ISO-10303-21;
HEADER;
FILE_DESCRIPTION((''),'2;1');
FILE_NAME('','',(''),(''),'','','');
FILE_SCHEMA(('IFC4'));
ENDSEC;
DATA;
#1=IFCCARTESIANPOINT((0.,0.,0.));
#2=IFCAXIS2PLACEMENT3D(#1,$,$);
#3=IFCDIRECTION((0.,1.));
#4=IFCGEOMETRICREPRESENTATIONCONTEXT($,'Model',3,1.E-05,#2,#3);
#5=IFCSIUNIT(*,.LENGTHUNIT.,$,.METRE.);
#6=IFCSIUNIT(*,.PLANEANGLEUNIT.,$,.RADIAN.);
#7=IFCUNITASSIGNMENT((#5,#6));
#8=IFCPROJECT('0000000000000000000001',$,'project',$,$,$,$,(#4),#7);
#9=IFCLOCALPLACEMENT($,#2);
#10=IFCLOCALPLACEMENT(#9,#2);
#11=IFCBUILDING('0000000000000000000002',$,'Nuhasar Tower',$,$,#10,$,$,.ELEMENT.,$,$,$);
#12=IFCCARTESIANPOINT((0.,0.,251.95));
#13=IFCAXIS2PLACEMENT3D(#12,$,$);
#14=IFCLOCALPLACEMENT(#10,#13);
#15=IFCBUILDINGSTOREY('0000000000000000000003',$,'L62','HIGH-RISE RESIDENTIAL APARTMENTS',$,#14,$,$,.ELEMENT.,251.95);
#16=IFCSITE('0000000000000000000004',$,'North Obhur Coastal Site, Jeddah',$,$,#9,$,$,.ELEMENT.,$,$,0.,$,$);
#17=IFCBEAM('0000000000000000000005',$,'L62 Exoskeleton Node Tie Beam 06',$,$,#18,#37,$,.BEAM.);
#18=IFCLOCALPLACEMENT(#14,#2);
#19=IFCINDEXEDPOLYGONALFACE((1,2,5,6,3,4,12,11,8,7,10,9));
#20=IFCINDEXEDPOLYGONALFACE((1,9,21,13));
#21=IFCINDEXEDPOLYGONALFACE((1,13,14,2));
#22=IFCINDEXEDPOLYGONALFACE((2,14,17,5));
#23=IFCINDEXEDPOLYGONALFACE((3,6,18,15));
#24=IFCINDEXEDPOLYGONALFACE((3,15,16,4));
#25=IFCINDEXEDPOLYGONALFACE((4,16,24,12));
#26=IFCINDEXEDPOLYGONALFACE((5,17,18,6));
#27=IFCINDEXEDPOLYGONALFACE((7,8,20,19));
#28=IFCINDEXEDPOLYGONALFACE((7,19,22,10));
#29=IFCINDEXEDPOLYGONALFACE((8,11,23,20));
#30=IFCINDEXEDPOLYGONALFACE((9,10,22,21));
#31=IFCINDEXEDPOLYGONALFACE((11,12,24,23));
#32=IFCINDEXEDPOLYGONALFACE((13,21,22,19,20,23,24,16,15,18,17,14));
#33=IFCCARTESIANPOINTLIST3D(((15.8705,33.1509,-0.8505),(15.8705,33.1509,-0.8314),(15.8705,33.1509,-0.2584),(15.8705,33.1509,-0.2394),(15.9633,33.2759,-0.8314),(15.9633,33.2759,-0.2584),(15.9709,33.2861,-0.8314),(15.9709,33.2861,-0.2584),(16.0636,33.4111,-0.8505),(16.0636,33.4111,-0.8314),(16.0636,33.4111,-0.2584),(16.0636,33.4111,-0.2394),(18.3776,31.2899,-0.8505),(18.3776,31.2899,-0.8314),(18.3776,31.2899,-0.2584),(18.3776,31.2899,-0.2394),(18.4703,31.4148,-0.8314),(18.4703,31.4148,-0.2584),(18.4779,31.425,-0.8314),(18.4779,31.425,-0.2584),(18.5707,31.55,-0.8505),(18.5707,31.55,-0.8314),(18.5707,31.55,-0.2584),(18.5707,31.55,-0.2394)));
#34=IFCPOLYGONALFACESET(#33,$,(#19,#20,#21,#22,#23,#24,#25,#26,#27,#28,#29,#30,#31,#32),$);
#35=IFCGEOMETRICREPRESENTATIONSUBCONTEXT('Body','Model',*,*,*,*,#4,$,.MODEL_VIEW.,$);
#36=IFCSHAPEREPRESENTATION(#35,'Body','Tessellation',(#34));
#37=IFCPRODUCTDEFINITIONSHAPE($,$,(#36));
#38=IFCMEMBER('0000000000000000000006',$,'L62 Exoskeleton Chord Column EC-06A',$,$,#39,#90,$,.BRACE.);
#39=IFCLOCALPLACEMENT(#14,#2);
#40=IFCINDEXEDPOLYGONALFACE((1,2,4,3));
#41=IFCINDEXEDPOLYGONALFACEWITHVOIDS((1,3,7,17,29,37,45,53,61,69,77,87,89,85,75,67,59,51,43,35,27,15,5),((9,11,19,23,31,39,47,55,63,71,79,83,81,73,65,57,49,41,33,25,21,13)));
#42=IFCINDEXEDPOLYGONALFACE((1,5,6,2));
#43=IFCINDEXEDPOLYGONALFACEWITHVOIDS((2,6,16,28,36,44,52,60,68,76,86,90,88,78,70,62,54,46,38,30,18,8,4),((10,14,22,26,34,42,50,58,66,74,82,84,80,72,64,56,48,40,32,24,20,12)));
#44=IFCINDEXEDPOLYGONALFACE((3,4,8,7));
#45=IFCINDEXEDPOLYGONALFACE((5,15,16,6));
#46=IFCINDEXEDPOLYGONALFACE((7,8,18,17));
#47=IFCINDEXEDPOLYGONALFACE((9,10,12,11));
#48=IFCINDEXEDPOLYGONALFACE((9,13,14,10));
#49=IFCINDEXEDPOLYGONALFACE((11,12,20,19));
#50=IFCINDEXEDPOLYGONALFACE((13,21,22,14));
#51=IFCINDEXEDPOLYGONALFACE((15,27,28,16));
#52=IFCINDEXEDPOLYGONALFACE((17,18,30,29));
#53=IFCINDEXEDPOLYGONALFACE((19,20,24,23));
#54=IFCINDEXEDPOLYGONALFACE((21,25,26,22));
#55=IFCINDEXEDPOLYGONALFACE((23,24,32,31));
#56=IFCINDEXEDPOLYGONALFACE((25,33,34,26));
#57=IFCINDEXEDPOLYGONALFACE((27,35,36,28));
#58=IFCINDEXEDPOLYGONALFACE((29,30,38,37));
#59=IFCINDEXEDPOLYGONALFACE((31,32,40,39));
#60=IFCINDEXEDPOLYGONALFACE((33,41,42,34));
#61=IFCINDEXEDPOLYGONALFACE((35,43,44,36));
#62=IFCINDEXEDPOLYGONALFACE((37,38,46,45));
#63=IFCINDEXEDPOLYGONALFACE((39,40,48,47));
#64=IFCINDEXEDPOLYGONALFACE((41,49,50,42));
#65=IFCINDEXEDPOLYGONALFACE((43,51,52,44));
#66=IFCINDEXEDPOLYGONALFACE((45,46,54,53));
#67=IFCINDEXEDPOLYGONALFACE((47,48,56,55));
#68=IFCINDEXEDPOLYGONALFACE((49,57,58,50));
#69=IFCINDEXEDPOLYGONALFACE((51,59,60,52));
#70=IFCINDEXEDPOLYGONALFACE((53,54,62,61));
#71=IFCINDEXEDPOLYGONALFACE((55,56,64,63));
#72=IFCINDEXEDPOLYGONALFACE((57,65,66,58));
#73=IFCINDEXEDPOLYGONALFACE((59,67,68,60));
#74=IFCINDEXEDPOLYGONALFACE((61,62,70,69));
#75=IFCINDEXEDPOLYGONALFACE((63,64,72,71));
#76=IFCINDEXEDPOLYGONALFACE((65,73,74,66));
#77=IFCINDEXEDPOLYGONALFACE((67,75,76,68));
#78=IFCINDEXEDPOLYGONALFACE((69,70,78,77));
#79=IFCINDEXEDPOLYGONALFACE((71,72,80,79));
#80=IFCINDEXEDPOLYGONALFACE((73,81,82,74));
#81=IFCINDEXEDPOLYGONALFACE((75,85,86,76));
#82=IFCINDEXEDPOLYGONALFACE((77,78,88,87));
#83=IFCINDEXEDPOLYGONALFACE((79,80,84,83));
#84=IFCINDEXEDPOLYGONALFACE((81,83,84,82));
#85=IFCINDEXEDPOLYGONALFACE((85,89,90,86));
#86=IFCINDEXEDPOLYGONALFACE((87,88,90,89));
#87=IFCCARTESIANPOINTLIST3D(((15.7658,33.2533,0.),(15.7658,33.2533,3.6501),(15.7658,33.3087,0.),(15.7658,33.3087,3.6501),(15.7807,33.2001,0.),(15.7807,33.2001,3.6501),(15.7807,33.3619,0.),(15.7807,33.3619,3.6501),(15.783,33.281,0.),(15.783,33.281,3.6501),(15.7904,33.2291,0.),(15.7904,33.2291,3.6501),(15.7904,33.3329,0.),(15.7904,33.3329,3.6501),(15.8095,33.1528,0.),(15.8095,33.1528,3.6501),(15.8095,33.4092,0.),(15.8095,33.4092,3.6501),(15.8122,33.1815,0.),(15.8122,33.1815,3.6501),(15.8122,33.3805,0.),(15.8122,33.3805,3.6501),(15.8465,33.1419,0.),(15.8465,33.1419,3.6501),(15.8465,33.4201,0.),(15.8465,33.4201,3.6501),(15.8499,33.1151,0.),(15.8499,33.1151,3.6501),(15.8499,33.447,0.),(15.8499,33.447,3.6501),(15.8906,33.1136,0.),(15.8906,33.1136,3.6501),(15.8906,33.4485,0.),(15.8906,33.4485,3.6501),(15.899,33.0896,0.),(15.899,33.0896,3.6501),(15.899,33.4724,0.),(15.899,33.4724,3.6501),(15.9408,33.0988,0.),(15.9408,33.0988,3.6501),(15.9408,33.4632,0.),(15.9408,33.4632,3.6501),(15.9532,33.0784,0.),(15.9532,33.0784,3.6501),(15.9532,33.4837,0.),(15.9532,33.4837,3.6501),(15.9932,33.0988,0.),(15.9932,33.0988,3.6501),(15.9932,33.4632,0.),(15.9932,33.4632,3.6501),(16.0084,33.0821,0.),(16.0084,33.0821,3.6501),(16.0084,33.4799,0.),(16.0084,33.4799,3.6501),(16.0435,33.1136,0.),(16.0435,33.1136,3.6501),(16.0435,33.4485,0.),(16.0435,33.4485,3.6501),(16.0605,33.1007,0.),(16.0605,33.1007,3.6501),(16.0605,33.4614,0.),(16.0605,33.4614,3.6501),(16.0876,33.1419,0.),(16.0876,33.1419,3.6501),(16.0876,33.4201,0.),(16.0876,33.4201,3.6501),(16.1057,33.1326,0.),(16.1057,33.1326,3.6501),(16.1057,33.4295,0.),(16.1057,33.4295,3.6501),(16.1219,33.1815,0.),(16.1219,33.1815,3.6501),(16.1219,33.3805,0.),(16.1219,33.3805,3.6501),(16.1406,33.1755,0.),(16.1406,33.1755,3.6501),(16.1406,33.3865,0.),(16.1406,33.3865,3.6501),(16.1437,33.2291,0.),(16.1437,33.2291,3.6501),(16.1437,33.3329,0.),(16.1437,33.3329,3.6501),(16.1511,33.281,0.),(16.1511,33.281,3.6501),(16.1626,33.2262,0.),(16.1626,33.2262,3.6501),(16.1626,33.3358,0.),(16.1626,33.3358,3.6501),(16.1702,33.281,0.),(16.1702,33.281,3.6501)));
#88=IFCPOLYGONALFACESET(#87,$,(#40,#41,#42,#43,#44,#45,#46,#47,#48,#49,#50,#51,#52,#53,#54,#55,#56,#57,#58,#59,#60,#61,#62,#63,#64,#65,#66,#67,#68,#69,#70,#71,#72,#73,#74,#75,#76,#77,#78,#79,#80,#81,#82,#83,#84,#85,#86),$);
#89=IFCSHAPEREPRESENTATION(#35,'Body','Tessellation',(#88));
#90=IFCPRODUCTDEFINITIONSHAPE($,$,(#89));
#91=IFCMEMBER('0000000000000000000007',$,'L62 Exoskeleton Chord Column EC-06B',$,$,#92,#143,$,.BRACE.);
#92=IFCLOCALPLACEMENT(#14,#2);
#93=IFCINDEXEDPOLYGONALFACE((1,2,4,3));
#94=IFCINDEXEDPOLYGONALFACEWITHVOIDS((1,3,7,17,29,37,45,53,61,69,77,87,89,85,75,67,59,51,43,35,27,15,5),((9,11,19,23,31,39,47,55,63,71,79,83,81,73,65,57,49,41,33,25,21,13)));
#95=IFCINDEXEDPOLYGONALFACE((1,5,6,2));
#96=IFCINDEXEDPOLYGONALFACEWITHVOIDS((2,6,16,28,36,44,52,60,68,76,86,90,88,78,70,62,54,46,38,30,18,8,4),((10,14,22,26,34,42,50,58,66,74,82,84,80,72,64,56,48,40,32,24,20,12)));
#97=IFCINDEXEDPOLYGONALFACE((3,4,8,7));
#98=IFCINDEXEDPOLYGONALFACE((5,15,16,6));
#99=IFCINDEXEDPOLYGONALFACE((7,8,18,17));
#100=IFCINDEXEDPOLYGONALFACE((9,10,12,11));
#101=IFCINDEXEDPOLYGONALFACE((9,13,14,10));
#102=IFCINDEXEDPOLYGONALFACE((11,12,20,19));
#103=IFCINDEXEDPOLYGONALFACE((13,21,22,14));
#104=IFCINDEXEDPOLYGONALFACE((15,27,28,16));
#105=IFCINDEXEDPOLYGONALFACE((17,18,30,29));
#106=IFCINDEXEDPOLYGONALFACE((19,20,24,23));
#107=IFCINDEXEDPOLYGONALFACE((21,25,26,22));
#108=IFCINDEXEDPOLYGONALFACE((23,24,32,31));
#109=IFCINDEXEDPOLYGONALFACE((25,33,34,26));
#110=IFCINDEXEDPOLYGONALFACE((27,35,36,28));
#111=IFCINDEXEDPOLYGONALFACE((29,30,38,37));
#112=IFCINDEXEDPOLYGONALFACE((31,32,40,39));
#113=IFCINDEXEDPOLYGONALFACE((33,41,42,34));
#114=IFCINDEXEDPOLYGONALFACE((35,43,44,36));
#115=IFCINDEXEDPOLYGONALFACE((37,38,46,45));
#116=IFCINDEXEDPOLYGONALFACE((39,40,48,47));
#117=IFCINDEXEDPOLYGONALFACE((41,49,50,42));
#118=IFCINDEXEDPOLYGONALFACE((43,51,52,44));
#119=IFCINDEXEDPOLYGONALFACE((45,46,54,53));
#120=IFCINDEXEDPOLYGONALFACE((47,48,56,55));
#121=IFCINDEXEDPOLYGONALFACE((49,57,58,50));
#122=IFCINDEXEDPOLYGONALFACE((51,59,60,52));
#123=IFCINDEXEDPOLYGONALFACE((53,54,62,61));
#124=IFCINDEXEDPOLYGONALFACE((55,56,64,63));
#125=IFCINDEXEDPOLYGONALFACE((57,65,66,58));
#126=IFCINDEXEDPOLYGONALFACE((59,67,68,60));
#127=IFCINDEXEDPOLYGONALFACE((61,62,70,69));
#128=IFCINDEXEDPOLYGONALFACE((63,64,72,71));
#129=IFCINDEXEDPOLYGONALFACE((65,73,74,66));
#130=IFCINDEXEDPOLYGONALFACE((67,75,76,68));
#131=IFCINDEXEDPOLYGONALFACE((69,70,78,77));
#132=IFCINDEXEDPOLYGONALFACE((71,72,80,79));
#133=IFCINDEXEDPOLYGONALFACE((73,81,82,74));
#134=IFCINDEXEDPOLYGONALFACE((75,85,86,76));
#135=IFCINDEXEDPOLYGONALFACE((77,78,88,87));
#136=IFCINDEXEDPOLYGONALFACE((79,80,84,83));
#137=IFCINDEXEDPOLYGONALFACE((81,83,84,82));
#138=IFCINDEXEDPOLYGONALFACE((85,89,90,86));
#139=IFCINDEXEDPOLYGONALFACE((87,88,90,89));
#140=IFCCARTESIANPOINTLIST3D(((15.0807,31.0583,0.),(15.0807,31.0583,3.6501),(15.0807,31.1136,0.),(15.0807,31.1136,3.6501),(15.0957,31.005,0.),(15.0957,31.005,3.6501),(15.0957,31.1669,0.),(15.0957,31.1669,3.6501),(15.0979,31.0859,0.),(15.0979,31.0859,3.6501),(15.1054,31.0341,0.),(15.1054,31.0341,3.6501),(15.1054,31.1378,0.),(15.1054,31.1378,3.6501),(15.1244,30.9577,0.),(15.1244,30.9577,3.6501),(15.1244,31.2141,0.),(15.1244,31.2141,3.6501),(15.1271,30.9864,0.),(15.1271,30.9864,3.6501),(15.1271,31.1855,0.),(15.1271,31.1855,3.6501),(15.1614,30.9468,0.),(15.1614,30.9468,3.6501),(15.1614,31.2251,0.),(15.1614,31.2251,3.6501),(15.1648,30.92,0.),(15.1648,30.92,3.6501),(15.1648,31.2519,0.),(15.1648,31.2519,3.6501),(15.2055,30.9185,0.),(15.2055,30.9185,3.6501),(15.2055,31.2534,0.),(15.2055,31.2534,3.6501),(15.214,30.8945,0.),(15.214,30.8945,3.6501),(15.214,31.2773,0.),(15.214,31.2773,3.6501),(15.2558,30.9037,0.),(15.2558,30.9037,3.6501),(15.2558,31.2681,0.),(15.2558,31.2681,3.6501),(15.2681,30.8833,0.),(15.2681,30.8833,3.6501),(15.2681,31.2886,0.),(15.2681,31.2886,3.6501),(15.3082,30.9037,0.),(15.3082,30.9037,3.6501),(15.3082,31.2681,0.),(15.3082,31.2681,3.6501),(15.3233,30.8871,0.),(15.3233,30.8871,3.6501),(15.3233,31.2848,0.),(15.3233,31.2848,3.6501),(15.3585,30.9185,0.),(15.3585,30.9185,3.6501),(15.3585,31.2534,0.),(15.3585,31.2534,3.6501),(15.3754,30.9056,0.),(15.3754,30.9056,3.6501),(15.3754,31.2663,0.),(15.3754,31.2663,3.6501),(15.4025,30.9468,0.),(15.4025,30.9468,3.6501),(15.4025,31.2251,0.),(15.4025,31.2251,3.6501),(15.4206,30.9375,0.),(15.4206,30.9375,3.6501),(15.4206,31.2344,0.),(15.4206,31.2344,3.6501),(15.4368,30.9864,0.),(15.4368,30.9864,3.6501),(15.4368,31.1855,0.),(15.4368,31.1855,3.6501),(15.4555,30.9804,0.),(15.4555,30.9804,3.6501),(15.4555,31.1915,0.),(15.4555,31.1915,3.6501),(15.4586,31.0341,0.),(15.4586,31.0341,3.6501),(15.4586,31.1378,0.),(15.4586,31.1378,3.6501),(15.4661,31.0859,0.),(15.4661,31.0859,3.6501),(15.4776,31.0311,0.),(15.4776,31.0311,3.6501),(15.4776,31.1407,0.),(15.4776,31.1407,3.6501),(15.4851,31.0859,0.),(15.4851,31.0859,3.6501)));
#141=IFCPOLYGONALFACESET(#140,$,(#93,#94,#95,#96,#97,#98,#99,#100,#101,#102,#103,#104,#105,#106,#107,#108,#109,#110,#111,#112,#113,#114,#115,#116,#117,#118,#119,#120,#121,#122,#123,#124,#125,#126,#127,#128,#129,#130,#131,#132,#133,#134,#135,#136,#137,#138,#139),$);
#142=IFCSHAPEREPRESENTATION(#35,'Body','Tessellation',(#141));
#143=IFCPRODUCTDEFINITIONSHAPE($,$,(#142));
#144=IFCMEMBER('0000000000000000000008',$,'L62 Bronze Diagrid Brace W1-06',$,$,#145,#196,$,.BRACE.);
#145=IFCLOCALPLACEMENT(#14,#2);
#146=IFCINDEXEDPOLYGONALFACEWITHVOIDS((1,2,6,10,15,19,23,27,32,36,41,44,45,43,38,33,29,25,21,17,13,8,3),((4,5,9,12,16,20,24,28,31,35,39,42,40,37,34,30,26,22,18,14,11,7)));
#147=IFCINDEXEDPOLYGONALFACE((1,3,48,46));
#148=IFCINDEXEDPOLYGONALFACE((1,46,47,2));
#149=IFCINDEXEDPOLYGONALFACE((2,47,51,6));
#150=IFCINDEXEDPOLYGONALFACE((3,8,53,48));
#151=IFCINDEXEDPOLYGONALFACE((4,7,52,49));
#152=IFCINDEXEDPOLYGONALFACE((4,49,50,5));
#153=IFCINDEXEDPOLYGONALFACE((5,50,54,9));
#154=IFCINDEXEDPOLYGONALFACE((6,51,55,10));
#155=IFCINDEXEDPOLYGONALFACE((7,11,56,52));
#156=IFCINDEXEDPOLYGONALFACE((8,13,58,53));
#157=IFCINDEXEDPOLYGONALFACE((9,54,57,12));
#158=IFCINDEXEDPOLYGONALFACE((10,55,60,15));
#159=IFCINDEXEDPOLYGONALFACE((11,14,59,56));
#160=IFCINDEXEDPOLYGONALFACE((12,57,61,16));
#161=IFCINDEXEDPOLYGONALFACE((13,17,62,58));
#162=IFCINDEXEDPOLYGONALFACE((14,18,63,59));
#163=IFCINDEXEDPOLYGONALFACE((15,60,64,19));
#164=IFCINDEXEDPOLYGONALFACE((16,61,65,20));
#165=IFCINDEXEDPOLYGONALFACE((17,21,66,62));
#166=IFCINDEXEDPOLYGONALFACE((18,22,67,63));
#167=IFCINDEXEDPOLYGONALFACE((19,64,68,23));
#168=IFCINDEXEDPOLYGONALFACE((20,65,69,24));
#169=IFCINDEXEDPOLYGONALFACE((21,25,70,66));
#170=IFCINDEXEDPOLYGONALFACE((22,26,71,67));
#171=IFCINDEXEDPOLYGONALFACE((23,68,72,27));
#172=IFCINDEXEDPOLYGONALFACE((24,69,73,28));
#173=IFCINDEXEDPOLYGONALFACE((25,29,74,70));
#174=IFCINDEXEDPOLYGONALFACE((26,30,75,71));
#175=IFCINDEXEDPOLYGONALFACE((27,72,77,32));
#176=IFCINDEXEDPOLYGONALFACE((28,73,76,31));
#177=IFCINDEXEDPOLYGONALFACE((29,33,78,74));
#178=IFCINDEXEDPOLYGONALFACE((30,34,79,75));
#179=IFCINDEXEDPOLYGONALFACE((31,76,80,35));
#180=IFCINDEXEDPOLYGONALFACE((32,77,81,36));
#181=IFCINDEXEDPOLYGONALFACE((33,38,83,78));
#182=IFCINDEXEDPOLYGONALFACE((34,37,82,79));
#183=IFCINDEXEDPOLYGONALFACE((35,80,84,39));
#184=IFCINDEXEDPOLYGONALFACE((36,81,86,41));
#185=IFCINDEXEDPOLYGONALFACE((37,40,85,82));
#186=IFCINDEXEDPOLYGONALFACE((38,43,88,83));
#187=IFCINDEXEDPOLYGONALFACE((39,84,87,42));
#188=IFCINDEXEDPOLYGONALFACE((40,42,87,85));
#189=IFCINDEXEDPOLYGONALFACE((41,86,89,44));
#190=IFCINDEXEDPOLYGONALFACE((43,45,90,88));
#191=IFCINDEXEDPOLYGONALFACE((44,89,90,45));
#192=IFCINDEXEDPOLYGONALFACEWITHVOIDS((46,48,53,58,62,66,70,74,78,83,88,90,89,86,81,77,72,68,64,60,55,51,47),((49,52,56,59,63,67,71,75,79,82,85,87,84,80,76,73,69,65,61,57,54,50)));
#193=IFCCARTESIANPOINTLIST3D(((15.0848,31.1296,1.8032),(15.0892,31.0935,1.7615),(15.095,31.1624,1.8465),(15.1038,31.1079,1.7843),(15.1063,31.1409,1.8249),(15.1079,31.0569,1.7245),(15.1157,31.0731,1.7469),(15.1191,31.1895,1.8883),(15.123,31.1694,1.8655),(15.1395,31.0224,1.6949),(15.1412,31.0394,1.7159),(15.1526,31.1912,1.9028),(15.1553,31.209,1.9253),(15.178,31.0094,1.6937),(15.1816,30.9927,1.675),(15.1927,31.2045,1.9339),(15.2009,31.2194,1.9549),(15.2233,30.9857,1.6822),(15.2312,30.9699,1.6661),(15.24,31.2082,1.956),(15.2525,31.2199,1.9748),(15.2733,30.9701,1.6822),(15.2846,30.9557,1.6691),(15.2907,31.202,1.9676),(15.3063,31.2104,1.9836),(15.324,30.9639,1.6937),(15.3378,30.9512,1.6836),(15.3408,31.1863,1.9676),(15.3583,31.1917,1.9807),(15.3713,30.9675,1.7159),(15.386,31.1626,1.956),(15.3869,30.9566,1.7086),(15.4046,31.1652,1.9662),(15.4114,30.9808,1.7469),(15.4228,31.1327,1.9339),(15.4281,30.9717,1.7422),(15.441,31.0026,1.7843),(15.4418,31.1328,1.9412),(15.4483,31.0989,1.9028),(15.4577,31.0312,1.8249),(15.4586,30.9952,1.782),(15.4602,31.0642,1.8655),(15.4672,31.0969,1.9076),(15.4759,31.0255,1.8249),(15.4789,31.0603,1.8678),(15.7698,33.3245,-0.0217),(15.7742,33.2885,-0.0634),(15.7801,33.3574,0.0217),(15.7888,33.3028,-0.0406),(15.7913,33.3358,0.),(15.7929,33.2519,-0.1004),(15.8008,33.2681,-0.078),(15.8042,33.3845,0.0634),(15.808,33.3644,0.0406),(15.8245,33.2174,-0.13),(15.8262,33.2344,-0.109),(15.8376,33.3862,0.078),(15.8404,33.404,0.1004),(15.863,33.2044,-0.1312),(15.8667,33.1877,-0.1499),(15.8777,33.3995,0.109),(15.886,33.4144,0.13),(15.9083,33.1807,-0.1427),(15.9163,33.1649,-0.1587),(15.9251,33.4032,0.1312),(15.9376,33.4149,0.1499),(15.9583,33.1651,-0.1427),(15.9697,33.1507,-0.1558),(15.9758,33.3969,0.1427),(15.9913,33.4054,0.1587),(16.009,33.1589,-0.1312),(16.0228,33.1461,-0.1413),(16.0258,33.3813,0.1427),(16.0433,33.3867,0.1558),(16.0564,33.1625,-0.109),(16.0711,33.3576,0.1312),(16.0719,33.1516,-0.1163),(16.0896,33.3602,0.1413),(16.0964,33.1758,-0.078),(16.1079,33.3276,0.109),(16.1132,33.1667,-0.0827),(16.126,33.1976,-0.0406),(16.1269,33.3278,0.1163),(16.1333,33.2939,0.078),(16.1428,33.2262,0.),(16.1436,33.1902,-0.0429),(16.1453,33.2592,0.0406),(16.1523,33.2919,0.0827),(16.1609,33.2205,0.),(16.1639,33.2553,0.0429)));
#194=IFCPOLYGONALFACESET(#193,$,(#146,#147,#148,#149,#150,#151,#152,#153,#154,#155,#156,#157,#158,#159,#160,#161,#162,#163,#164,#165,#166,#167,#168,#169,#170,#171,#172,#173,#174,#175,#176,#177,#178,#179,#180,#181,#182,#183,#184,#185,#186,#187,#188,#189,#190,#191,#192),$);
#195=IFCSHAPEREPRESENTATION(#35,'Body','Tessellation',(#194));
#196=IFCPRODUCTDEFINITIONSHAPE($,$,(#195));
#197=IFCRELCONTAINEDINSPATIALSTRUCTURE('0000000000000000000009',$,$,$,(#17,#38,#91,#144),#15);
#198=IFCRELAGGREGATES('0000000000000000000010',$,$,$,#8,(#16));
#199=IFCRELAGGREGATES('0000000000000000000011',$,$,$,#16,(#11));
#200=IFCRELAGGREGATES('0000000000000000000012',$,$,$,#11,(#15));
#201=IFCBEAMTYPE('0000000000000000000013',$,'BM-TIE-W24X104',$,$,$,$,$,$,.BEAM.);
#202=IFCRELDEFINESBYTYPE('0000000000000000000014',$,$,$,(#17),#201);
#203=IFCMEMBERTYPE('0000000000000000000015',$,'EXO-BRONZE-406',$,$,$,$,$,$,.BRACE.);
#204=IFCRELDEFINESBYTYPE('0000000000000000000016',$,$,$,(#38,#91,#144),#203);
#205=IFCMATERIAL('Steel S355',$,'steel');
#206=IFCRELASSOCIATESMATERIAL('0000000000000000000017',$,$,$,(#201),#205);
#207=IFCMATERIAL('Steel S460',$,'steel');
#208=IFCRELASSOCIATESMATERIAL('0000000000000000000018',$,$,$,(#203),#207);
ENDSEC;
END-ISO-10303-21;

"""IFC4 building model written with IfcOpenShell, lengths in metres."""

from ifc_helpers import new_model, si_unit, direction, frame, origin, origin_2d, place, context, subcontext, project, spatial, hollow_circle, i_section, extrude, material, material_profile, profile_set, type_object, element, save


model = new_model("IFC4")

# Units and contexts
model_context = context("Model", 3, precision=1e-05, world=origin(), true_north=direction((0.0, 1.0)))
body_context = subcontext(model_context, "Body", "Model", "MODEL_VIEW")
ifc_project = project(units=[si_unit("LENGTHUNIT", "METRE"), si_unit("PLANEANGLEUNIT", "RADIAN")], contexts=[model_context])

# Site, building, storey
site_placement = place(None, origin())
site = spatial("IfcSite", under=ifc_project, at=site_placement, Name="North Obhur Coastal Site, Jeddah", CompositionType="ELEMENT", RefElevation=0.0)
building_placement = place(site_placement, origin())
building = spatial("IfcBuilding", under=site, at=building_placement, Name="Nuhasar Tower", CompositionType="ELEMENT")
storey_placement = place(building_placement, frame((0.0, 0.0, 251.95)))
storey = spatial("IfcBuildingStorey", under=building, at=storey_placement, Name="L62", Description="HIGH-RISE RESIDENTIAL APARTMENTS", CompositionType="ELEMENT", Elevation=251.95)

# Beam
ifc_material_1 = material(Name="Steel S355", Category="steel")
ifc_material_profile_1 = material_profile(ifc_material_1, i_section(OverallWidth=0.324, OverallDepth=0.6111, WebThickness=0.0127, FlangeThickness=0.019, at=origin_2d()), Name="W24X104")
ifc_profile_set_1 = profile_set([ifc_material_profile_1], Name="Steel S355")
beam_type_1 = type_object("IfcBeamType", Name="BM-TIE-W24X104", PredefinedType="BEAM", material=ifc_profile_set_1)
beam_1_placement = place(storey_placement, frame((18.4741, 31.4199, -0.5449), z_axis=(-0.802946, 0.596052, 0.0), x_axis=(-0.596052, -0.802946, 0.0)))
element("IfcBeam", 1, at=beam_1_placement, inside=storey, type_object=beam_type_1, Name="L62 Exoskeleton Node Tie Beam 06", PredefinedType="BEAM", context=body_context, shape_type="SweptSolid", body=[
    extrude(i_section(OverallWidth=0.324, OverallDepth=0.6111, WebThickness=0.0127, FlangeThickness=0.019, at=origin_2d()), origin(), (0.0, 0.0, 1.0), 3.1223),
])

# Members
ifc_material_2 = material(Name="Steel S460", Category="steel")
ifc_material_profile_2 = material_profile(ifc_material_2, hollow_circle(Radius=0.2031, WallThickness=0.019, at=origin_2d()), Name="HSS406.4X19.1")
ifc_profile_set_2 = profile_set([ifc_material_profile_2], Name="Steel S460")
member_type = type_object("IfcMemberType", Name="EXO-BRONZE-406", PredefinedType="BRACE", material=ifc_profile_set_2)
for number, where, z_axis, x_axis, name in (
    (2, (15.967, 33.281, 0.0), (0.0, 0.0, 1.0), (1.0, 0.0, 0.0), "L62 Exoskeleton Chord Column EC-06A"),
    (3, (15.282, 31.0859, 0.0), (0.0, 0.0, 1.0), (1.0, 0.0, 0.0), "L62 Exoskeleton Chord Column EC-06B"),
):
    element("IfcMember", number, at=place(storey_placement, frame(where, z_axis=z_axis, x_axis=x_axis)), inside=storey, type_object=member_type, Name=name, PredefinedType="BRACE", context=body_context, shape_type="SweptSolid", body=[
        extrude(hollow_circle(Radius=0.2031, WallThickness=0.019, at=origin_2d()), origin(), (0.0, 0.0, 1.0), 3.6501),
    ])
member_1_placement = place(storey_placement, frame((15.967, 33.281, 0.0), z_axis=(-0.233358, -0.747727, 0.62165), x_axis=(0.954591, -0.297918, 0.0)))
element("IfcMember", 4, at=member_1_placement, inside=storey, type_object=member_type, Name="L62 Bronze Diagrid Brace W1-06", PredefinedType="BRACE", context=body_context, shape_type="SweptSolid", body=[
    extrude(hollow_circle(Radius=0.2031, WallThickness=0.019, at=origin_2d()), origin(), (0.0, 0.0, 1.0), 2.9355),
])

save(model, "model.ifc")
